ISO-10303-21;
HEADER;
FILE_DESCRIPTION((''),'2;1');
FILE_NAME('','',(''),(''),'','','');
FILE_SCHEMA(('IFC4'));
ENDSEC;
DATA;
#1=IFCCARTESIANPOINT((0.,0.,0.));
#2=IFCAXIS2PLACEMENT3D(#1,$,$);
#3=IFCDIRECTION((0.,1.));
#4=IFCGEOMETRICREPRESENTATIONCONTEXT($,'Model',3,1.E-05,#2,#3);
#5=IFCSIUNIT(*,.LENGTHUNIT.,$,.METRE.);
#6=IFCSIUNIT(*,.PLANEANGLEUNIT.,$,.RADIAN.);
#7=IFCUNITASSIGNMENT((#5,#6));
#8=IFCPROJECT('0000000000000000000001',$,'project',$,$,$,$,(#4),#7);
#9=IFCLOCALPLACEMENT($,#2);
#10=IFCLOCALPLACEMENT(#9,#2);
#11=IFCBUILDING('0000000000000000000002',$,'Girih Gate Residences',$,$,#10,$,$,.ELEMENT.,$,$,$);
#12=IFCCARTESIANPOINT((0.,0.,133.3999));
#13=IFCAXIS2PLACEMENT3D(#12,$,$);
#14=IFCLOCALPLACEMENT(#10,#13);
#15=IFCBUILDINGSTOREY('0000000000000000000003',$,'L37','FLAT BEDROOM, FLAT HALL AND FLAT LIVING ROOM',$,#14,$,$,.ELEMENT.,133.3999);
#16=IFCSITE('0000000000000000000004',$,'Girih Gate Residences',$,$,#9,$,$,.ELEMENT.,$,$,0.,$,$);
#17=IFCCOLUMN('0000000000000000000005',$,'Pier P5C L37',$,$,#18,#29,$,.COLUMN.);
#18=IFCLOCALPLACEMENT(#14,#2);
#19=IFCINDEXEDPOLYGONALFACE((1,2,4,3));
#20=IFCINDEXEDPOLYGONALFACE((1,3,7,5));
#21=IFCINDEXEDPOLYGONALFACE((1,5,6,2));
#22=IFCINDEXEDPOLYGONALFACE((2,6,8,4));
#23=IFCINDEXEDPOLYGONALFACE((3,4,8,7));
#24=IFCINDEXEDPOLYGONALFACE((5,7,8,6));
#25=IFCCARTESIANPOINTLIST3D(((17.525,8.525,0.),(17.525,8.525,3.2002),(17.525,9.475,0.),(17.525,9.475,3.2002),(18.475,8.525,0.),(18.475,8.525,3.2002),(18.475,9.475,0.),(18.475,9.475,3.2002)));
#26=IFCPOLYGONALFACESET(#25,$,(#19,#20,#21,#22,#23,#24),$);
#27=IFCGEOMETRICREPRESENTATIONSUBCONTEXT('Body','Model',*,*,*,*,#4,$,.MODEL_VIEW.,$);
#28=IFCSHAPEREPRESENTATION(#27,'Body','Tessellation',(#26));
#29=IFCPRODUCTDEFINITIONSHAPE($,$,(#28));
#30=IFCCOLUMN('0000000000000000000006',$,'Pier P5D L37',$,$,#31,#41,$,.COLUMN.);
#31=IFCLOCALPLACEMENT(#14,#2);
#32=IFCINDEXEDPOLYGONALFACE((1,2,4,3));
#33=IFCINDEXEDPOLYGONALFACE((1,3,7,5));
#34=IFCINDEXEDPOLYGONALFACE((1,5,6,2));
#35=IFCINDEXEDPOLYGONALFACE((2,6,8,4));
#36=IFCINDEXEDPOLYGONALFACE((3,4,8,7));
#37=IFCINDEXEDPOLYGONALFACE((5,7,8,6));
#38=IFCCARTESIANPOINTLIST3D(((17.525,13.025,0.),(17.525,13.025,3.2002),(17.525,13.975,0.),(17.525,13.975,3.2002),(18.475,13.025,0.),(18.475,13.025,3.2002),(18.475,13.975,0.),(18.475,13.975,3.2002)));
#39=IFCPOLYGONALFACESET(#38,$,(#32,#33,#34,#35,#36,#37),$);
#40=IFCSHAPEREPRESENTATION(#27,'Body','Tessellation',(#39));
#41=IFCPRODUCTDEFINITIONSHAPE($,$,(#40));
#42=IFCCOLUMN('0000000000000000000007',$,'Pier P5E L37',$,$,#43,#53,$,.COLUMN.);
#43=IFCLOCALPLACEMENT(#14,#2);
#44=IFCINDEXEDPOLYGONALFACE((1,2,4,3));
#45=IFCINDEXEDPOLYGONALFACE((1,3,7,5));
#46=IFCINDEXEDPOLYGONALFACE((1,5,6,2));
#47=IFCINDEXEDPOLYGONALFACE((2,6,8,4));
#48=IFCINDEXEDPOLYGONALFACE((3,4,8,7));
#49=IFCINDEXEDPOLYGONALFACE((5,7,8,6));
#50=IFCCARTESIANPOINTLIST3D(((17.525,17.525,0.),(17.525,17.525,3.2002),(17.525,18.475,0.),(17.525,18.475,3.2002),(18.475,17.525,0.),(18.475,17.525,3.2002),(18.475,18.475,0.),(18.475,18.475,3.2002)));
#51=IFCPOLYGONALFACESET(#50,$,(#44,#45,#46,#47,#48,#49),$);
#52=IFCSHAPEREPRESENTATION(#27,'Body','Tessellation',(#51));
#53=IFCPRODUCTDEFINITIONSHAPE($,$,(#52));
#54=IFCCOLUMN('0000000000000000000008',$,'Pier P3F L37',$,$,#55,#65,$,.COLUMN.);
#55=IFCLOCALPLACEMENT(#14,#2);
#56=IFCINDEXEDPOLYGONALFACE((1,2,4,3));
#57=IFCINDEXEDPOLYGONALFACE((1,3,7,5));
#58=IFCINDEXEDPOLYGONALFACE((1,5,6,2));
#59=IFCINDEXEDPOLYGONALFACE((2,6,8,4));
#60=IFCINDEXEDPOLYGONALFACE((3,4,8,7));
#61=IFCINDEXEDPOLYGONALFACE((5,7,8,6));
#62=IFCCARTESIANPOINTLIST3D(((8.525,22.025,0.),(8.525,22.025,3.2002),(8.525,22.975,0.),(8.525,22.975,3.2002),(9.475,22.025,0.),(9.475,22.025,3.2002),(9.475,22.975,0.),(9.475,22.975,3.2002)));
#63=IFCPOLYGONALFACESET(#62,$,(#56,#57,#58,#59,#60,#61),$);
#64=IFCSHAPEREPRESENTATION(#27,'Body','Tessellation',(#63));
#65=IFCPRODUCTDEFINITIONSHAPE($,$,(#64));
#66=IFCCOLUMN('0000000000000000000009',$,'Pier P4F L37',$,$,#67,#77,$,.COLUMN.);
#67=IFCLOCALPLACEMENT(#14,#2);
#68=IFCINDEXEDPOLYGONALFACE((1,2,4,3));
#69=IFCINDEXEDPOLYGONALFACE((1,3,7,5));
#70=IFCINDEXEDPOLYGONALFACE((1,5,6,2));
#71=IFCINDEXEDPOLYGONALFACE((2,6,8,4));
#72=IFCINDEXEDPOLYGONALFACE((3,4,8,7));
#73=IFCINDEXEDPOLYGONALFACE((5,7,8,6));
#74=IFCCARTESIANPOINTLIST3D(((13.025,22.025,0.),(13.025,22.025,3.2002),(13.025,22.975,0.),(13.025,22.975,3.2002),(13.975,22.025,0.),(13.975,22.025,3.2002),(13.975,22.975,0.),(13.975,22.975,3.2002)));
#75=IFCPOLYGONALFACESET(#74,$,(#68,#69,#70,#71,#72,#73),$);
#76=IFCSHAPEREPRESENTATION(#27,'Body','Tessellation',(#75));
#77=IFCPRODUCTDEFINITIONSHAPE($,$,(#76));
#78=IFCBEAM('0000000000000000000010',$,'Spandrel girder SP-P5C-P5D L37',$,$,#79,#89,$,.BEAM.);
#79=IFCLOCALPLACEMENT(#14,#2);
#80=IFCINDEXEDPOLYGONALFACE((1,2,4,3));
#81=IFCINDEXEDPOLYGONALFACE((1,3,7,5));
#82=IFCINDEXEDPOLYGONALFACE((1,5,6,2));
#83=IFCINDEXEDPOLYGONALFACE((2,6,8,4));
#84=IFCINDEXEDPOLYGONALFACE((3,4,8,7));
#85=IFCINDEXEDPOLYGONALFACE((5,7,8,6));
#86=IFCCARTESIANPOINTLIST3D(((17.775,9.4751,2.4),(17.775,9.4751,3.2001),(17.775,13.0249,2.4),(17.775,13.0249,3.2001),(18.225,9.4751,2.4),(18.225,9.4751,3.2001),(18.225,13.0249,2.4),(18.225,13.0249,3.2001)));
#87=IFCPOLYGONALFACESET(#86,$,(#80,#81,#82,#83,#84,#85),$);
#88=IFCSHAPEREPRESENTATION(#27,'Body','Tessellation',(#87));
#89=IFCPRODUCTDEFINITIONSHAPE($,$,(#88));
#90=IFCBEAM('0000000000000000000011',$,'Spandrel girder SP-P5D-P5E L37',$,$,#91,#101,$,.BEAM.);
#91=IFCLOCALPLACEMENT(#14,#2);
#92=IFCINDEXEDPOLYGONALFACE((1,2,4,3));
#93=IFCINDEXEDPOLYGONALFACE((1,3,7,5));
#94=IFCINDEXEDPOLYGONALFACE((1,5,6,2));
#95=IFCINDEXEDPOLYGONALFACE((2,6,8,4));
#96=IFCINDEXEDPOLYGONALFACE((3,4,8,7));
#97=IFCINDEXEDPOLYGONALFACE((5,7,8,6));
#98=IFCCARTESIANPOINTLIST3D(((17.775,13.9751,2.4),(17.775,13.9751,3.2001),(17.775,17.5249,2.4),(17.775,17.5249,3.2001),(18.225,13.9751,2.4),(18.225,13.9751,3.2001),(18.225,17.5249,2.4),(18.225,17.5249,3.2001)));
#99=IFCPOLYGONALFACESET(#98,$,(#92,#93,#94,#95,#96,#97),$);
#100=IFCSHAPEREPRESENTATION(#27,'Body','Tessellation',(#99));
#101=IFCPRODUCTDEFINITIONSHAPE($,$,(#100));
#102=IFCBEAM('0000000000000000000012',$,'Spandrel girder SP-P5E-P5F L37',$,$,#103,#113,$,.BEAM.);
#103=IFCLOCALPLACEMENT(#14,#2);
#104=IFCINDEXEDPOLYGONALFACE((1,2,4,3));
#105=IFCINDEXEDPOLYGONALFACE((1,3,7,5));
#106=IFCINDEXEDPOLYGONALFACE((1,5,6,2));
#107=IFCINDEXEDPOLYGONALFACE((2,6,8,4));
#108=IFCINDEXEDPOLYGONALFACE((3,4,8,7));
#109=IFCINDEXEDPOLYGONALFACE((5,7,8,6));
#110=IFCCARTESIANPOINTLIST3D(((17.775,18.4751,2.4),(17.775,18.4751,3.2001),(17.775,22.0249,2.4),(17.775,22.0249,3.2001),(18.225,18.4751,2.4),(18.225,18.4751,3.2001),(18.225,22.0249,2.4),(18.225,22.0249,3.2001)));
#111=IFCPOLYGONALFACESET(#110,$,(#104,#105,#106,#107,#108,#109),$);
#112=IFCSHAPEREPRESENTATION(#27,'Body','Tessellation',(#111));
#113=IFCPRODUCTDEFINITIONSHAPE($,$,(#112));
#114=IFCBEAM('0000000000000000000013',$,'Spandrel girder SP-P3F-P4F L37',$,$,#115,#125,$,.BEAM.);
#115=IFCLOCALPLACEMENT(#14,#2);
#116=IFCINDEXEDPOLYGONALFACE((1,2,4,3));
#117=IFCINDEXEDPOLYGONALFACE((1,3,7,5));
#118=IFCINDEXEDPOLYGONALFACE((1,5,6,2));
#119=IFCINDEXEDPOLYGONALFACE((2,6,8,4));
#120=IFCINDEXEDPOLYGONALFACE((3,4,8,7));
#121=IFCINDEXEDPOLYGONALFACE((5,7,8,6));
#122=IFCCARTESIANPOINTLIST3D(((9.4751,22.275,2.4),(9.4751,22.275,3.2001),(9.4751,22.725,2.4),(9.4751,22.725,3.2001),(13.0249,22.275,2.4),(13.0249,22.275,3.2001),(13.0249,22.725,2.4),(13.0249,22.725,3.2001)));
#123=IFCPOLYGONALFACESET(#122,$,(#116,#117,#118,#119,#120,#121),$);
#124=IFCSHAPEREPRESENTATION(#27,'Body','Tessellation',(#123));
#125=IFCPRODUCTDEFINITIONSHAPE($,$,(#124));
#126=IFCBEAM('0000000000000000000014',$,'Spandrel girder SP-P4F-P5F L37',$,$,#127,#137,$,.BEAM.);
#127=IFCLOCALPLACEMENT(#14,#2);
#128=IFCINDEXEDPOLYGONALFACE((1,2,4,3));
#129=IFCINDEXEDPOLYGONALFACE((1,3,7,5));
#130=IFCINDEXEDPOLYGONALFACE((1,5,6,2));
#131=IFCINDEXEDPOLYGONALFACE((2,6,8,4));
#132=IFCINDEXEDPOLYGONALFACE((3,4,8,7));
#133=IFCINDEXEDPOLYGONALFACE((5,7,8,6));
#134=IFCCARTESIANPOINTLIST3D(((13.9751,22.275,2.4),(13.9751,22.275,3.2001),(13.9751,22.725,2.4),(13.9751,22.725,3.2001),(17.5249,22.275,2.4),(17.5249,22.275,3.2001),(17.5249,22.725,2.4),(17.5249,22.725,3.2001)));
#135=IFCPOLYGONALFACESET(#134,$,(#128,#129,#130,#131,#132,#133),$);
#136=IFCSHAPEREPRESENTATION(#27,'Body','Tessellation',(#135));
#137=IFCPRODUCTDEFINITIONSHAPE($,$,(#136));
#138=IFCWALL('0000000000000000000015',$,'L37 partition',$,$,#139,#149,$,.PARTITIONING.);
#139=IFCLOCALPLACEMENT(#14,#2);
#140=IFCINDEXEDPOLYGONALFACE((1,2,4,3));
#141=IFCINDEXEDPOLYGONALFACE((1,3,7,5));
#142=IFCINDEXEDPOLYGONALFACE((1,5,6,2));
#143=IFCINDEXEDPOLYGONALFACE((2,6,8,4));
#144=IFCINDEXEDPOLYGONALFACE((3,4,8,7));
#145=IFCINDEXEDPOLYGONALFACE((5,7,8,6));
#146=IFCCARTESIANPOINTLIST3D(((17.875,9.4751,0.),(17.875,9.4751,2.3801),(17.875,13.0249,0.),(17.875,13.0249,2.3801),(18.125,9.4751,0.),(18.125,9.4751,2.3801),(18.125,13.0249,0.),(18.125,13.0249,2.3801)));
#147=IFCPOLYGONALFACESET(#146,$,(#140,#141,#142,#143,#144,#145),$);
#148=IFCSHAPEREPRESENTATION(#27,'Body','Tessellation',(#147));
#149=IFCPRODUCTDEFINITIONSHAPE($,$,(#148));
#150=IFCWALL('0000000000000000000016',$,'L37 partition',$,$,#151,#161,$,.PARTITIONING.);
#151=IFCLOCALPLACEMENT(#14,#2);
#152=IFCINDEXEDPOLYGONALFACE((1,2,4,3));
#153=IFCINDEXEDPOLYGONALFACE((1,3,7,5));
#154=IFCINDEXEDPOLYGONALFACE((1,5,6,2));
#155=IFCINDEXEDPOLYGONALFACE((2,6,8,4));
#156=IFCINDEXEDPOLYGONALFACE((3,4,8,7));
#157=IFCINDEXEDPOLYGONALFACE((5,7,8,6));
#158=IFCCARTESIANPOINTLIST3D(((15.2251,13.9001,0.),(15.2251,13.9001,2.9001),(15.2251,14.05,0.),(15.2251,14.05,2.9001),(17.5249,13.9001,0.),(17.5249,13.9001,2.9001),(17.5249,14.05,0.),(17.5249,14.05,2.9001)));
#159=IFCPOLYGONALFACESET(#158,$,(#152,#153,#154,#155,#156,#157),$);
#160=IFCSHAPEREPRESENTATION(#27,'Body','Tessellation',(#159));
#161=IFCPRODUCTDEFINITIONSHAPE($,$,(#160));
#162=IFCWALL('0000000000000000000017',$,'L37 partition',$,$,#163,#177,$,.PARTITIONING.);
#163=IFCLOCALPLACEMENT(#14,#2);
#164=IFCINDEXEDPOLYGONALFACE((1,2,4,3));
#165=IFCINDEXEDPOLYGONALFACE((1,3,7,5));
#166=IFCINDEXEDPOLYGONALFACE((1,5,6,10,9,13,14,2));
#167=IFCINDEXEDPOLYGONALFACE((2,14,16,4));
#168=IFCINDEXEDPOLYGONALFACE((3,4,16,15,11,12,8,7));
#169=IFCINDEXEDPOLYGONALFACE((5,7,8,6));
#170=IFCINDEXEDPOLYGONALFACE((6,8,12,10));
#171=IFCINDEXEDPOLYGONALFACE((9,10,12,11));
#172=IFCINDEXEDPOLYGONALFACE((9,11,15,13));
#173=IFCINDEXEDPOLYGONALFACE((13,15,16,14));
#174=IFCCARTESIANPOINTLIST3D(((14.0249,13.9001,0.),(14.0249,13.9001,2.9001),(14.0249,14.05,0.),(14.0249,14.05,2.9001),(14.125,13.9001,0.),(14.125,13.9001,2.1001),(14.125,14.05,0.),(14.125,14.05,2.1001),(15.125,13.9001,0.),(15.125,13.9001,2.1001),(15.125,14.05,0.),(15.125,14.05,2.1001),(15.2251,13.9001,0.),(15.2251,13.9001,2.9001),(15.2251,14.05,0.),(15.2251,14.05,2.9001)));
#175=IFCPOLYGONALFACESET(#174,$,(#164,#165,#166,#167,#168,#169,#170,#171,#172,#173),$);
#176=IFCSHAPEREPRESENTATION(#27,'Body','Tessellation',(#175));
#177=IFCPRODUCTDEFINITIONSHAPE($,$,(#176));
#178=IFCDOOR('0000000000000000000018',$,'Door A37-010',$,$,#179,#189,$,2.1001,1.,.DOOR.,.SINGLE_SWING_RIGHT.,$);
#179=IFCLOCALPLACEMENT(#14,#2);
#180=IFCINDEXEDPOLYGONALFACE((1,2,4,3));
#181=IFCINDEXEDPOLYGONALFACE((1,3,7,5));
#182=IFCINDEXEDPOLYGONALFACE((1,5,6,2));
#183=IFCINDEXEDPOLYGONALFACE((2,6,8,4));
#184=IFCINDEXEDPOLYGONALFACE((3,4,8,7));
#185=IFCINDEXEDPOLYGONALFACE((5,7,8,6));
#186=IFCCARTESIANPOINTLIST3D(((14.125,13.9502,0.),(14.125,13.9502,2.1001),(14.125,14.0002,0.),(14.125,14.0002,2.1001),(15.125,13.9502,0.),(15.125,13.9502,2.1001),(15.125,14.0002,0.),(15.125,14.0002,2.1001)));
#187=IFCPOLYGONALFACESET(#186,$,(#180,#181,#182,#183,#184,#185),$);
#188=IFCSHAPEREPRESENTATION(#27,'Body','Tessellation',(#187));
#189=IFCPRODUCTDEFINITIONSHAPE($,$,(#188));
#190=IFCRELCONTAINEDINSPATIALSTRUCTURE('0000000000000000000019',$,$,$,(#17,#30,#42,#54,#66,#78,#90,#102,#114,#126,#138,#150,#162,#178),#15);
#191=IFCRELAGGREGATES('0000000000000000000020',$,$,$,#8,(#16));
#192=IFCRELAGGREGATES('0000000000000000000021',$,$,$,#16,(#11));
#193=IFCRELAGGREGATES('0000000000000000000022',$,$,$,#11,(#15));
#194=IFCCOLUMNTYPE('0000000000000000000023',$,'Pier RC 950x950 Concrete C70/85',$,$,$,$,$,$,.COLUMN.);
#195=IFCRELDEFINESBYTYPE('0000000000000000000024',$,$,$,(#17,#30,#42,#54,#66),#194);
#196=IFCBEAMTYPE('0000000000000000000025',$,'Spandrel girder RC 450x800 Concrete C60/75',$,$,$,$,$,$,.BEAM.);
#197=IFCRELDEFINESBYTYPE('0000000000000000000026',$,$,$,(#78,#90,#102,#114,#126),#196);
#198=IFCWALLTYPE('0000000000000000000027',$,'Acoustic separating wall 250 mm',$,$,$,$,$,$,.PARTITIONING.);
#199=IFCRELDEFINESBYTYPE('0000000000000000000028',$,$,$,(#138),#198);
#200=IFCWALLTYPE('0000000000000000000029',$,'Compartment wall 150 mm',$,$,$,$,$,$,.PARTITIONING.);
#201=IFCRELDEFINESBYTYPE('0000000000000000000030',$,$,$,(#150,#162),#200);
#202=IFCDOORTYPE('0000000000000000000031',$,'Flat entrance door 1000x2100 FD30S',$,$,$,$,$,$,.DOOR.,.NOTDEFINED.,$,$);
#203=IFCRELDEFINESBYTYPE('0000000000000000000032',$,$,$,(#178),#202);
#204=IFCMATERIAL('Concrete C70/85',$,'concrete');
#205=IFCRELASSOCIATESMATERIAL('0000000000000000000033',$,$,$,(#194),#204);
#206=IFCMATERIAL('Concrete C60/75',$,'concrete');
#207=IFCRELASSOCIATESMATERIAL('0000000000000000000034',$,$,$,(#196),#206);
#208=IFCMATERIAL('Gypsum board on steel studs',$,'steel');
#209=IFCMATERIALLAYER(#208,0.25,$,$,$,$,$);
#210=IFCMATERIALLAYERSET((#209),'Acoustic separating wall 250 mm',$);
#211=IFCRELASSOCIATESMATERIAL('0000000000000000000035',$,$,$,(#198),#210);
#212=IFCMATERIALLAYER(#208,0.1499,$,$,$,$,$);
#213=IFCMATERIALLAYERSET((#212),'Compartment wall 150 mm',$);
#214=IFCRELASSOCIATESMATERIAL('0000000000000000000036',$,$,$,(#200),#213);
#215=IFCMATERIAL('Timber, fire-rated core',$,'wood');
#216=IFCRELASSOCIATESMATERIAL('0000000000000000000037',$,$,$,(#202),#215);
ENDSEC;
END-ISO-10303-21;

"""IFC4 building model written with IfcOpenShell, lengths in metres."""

from ifc_helpers import new_model, si_unit, direction, frame, frame_2d, origin, origin_2d, place, context, subcontext, project, spatial, rectangle, extrude, material, layer, layer_set, material_profile, profile_set, type_object, element, fill, save


model = new_model("IFC4")

# Units and contexts
model_context = context("Model", 3, precision=1e-05, world=origin(), true_north=direction((0.0, 1.0)))
body_context = subcontext(model_context, "Body", "Model", "MODEL_VIEW")
ifc_project = project(units=[si_unit("LENGTHUNIT", "METRE"), si_unit("PLANEANGLEUNIT", "RADIAN")], contexts=[model_context])

# Site, building, storey
site_placement = place(None, origin())
site = spatial("IfcSite", under=ifc_project, at=site_placement, Name="Girih Gate Residences", CompositionType="ELEMENT", RefElevation=0.0)
building_placement = place(site_placement, origin())
building = spatial("IfcBuilding", under=site, at=building_placement, Name="Girih Gate Residences", CompositionType="ELEMENT")
storey_placement = place(building_placement, frame((0.0, 0.0, 133.3999)))
storey = spatial("IfcBuildingStorey", under=building, at=storey_placement, Name="L37", Description="FLAT BEDROOM, FLAT HALL AND FLAT LIVING ROOM", CompositionType="ELEMENT", Elevation=133.3999)

# Columns
ifc_material_1 = material(Name="Concrete C70/85", Category="concrete")
ifc_material_profile_1 = material_profile(ifc_material_1, rectangle(XDim=0.95, YDim=0.95, at=origin_2d()))
ifc_profile_set_1 = profile_set([ifc_material_profile_1], Name="Concrete C70/85")
column_type = type_object("IfcColumnType", Name="Pier RC 950x950 Concrete C70/85", PredefinedType="COLUMN", material=ifc_profile_set_1)
for number, where, z_axis, x_axis, name in (
    (1, (18.0, 9.0, 0.0), (0.0, 0.0, 1.0), (1.0, 0.0, 0.0), "Pier P5C L37"),
    (2, (18.0, 13.5, 0.0), (0.0, 0.0, 1.0), (1.0, 0.0, 0.0), "Pier P5D L37"),
    (3, (18.0, 18.0, 0.0), (0.0, 0.0, 1.0), (1.0, 0.0, 0.0), "Pier P5E L37"),
    (4, (9.0, 22.5, 0.0), (0.0, 0.0, 1.0), (1.0, 0.0, 0.0), "Pier P3F L37"),
    (5, (13.5, 22.5, 0.0), (0.0, 0.0, 1.0), (1.0, 0.0, 0.0), "Pier P4F L37"),
):
    element("IfcColumn", number, at=place(storey_placement, frame(where, z_axis=z_axis, x_axis=x_axis)), inside=storey, type_object=column_type, Name=name, PredefinedType="COLUMN", context=body_context, shape_type="SweptSolid", body=[
        extrude(rectangle(XDim=0.95, YDim=0.95, at=origin_2d()), origin(), (0.0, 0.0, 1.0), 3.2002),
    ])

# Beams
ifc_material_2 = material(Name="Concrete C60/75", Category="concrete")
ifc_material_profile_2 = material_profile(ifc_material_2, rectangle(XDim=0.45, YDim=0.8, at=origin_2d()))
ifc_profile_set_2 = profile_set([ifc_material_profile_2], Name="Concrete C60/75")
beam_type = type_object("IfcBeamType", Name="Spandrel girder RC 450x800 Concrete C60/75", PredefinedType="BEAM", material=ifc_profile_set_2)
for number, where, z_axis, x_axis, name in (
    (6, (18.0, 9.4751, 2.8), (0.0, 1.0, 0.0), (-1.0, 0.0, 0.0), "Spandrel girder SP-P5C-P5D L37"),
    (7, (18.0, 13.9751, 2.8), (0.0, 1.0, 0.0), (-1.0, 0.0, 0.0), "Spandrel girder SP-P5D-P5E L37"),
    (8, (18.0, 18.4751, 2.8), (0.0, 1.0, 0.0), (-1.0, 0.0, 0.0), "Spandrel girder SP-P5E-P5F L37"),
    (9, (9.4751, 22.5, 2.8), (1.0, 0.0, 0.0), (0.0, 1.0, 0.0), "Spandrel girder SP-P3F-P4F L37"),
    (10, (13.9751, 22.5, 2.8), (1.0, 0.0, 0.0), (0.0, 1.0, 0.0), "Spandrel girder SP-P4F-P5F L37"),
):
    element("IfcBeam", number, at=place(storey_placement, frame(where, z_axis=z_axis, x_axis=x_axis)), inside=storey, type_object=beam_type, Name=name, PredefinedType="BEAM", context=body_context, shape_type="SweptSolid", body=[
        extrude(rectangle(XDim=0.45, YDim=0.8, at=origin_2d()), origin(), (0.0, 0.0, 1.0), 3.5498),
    ])

# Walls
ifc_material_3 = material(Name="Gypsum board on steel studs", Category="steel")
ifc_layer_1 = layer(ifc_material_3, 0.25)
ifc_layer_set_1 = layer_set([ifc_layer_1], Name="Acoustic separating wall 250 mm")
wall_type_1 = type_object("IfcWallType", Name="Acoustic separating wall 250 mm", PredefinedType="PARTITIONING", material=ifc_layer_set_1)
wall_1_placement = place(storey_placement, frame((18.0, 9.4751, 0.0), z_axis=(0.0, 0.0, 1.0), x_axis=(0.0, 1.0, 0.0)))
element("IfcWall", 11, at=wall_1_placement, inside=storey, type_object=wall_type_1, Name="L37 partition", PredefinedType="PARTITIONING", context=body_context, shape_type="SweptSolid", body=[
    extrude(rectangle(XDim=3.5498, YDim=0.25, at=frame_2d((1.7749, 0.0))), origin(), (0.0, 0.0, 1.0), 2.3801),
])
ifc_layer_2 = layer(ifc_material_3, 0.1499)
ifc_layer_set_2 = layer_set([ifc_layer_2], Name="Compartment wall 150 mm")
wall_type_2 = type_object("IfcWallType", Name="Compartment wall 150 mm", PredefinedType="PARTITIONING", material=ifc_layer_set_2)
wall_2_placement = place(storey_placement, frame((15.2251, 13.9751, 0.0), z_axis=(0.0, 0.0, 1.0), x_axis=(1.0, 0.0, 0.0)))
element("IfcWall", 12, at=wall_2_placement, inside=storey, type_object=wall_type_2, Name="L37 partition", PredefinedType="PARTITIONING", context=body_context, shape_type="SweptSolid", body=[
    extrude(rectangle(XDim=2.2998, YDim=0.1499, at=frame_2d((1.1499, 0.0))), origin(), (0.0, 0.0, 1.0), 2.9001),
])

# Wall, opening, door
wall_3_placement = place(storey_placement, frame((15.2251, 13.9751, 0.0), z_axis=(0.0, 0.0, 1.0), x_axis=(-1.0, 0.0, 0.0)))
wall_3 = element("IfcWall", 13, at=wall_3_placement, inside=storey, type_object=wall_type_2, Name="L37 partition", PredefinedType="PARTITIONING", context=body_context, shape_type="SweptSolid", body=[
    extrude(rectangle(XDim=1.2002, YDim=0.1499, at=frame_2d((0.6001, 0.0))), origin(), (0.0, 0.0, 1.0), 2.9001),
])
opening_1_placement = place(wall_3_placement, frame((0.1001, 0.0, 0.0)))
opening_1 = element("IfcOpeningElement", 14, at=opening_1_placement, cuts=wall_3, PredefinedType="OPENING", context=body_context, shape_type="SweptSolid", body=[
    extrude(rectangle(XDim=1.0, YDim=2.1001, at=frame_2d((0.5, 1.05))), frame((0.0, 0.085, 0.0), z_axis=(0.0, -1.0, 0.0), x_axis=(1.0, 0.0, 0.0)), (0.0, 0.0, 1.0), 0.1699),
])
ifc_material_4 = material(Name="Timber, fire-rated core", Category="wood")
door_type_1 = type_object("IfcDoorType", Name="Flat entrance door 1000x2100 FD30S", OperationType="NOTDEFINED", PredefinedType="DOOR", material=ifc_material_4)
door_1_placement = place(opening_1_placement, origin())
door_1 = element("IfcDoor", 15, at=door_1_placement, inside=storey, type_object=door_type_1, Name="Door A37-010", OperationType="SINGLE_SWING_RIGHT", OverallHeight=2.1001, OverallWidth=1.0, PredefinedType="DOOR", context=body_context, shape_type="SweptSolid", body=[
    extrude(rectangle(XDim=1.0, YDim=2.1001, at=frame_2d((0.5, 1.05))), frame((0.0, 0.0249, 0.0), z_axis=(0.0, -1.0, 0.0), x_axis=(1.0, 0.0, 0.0)), (0.0, 0.0, 1.0), 0.05),
])
fill(opening_1, door_1)

save(model, "model.ifc")
